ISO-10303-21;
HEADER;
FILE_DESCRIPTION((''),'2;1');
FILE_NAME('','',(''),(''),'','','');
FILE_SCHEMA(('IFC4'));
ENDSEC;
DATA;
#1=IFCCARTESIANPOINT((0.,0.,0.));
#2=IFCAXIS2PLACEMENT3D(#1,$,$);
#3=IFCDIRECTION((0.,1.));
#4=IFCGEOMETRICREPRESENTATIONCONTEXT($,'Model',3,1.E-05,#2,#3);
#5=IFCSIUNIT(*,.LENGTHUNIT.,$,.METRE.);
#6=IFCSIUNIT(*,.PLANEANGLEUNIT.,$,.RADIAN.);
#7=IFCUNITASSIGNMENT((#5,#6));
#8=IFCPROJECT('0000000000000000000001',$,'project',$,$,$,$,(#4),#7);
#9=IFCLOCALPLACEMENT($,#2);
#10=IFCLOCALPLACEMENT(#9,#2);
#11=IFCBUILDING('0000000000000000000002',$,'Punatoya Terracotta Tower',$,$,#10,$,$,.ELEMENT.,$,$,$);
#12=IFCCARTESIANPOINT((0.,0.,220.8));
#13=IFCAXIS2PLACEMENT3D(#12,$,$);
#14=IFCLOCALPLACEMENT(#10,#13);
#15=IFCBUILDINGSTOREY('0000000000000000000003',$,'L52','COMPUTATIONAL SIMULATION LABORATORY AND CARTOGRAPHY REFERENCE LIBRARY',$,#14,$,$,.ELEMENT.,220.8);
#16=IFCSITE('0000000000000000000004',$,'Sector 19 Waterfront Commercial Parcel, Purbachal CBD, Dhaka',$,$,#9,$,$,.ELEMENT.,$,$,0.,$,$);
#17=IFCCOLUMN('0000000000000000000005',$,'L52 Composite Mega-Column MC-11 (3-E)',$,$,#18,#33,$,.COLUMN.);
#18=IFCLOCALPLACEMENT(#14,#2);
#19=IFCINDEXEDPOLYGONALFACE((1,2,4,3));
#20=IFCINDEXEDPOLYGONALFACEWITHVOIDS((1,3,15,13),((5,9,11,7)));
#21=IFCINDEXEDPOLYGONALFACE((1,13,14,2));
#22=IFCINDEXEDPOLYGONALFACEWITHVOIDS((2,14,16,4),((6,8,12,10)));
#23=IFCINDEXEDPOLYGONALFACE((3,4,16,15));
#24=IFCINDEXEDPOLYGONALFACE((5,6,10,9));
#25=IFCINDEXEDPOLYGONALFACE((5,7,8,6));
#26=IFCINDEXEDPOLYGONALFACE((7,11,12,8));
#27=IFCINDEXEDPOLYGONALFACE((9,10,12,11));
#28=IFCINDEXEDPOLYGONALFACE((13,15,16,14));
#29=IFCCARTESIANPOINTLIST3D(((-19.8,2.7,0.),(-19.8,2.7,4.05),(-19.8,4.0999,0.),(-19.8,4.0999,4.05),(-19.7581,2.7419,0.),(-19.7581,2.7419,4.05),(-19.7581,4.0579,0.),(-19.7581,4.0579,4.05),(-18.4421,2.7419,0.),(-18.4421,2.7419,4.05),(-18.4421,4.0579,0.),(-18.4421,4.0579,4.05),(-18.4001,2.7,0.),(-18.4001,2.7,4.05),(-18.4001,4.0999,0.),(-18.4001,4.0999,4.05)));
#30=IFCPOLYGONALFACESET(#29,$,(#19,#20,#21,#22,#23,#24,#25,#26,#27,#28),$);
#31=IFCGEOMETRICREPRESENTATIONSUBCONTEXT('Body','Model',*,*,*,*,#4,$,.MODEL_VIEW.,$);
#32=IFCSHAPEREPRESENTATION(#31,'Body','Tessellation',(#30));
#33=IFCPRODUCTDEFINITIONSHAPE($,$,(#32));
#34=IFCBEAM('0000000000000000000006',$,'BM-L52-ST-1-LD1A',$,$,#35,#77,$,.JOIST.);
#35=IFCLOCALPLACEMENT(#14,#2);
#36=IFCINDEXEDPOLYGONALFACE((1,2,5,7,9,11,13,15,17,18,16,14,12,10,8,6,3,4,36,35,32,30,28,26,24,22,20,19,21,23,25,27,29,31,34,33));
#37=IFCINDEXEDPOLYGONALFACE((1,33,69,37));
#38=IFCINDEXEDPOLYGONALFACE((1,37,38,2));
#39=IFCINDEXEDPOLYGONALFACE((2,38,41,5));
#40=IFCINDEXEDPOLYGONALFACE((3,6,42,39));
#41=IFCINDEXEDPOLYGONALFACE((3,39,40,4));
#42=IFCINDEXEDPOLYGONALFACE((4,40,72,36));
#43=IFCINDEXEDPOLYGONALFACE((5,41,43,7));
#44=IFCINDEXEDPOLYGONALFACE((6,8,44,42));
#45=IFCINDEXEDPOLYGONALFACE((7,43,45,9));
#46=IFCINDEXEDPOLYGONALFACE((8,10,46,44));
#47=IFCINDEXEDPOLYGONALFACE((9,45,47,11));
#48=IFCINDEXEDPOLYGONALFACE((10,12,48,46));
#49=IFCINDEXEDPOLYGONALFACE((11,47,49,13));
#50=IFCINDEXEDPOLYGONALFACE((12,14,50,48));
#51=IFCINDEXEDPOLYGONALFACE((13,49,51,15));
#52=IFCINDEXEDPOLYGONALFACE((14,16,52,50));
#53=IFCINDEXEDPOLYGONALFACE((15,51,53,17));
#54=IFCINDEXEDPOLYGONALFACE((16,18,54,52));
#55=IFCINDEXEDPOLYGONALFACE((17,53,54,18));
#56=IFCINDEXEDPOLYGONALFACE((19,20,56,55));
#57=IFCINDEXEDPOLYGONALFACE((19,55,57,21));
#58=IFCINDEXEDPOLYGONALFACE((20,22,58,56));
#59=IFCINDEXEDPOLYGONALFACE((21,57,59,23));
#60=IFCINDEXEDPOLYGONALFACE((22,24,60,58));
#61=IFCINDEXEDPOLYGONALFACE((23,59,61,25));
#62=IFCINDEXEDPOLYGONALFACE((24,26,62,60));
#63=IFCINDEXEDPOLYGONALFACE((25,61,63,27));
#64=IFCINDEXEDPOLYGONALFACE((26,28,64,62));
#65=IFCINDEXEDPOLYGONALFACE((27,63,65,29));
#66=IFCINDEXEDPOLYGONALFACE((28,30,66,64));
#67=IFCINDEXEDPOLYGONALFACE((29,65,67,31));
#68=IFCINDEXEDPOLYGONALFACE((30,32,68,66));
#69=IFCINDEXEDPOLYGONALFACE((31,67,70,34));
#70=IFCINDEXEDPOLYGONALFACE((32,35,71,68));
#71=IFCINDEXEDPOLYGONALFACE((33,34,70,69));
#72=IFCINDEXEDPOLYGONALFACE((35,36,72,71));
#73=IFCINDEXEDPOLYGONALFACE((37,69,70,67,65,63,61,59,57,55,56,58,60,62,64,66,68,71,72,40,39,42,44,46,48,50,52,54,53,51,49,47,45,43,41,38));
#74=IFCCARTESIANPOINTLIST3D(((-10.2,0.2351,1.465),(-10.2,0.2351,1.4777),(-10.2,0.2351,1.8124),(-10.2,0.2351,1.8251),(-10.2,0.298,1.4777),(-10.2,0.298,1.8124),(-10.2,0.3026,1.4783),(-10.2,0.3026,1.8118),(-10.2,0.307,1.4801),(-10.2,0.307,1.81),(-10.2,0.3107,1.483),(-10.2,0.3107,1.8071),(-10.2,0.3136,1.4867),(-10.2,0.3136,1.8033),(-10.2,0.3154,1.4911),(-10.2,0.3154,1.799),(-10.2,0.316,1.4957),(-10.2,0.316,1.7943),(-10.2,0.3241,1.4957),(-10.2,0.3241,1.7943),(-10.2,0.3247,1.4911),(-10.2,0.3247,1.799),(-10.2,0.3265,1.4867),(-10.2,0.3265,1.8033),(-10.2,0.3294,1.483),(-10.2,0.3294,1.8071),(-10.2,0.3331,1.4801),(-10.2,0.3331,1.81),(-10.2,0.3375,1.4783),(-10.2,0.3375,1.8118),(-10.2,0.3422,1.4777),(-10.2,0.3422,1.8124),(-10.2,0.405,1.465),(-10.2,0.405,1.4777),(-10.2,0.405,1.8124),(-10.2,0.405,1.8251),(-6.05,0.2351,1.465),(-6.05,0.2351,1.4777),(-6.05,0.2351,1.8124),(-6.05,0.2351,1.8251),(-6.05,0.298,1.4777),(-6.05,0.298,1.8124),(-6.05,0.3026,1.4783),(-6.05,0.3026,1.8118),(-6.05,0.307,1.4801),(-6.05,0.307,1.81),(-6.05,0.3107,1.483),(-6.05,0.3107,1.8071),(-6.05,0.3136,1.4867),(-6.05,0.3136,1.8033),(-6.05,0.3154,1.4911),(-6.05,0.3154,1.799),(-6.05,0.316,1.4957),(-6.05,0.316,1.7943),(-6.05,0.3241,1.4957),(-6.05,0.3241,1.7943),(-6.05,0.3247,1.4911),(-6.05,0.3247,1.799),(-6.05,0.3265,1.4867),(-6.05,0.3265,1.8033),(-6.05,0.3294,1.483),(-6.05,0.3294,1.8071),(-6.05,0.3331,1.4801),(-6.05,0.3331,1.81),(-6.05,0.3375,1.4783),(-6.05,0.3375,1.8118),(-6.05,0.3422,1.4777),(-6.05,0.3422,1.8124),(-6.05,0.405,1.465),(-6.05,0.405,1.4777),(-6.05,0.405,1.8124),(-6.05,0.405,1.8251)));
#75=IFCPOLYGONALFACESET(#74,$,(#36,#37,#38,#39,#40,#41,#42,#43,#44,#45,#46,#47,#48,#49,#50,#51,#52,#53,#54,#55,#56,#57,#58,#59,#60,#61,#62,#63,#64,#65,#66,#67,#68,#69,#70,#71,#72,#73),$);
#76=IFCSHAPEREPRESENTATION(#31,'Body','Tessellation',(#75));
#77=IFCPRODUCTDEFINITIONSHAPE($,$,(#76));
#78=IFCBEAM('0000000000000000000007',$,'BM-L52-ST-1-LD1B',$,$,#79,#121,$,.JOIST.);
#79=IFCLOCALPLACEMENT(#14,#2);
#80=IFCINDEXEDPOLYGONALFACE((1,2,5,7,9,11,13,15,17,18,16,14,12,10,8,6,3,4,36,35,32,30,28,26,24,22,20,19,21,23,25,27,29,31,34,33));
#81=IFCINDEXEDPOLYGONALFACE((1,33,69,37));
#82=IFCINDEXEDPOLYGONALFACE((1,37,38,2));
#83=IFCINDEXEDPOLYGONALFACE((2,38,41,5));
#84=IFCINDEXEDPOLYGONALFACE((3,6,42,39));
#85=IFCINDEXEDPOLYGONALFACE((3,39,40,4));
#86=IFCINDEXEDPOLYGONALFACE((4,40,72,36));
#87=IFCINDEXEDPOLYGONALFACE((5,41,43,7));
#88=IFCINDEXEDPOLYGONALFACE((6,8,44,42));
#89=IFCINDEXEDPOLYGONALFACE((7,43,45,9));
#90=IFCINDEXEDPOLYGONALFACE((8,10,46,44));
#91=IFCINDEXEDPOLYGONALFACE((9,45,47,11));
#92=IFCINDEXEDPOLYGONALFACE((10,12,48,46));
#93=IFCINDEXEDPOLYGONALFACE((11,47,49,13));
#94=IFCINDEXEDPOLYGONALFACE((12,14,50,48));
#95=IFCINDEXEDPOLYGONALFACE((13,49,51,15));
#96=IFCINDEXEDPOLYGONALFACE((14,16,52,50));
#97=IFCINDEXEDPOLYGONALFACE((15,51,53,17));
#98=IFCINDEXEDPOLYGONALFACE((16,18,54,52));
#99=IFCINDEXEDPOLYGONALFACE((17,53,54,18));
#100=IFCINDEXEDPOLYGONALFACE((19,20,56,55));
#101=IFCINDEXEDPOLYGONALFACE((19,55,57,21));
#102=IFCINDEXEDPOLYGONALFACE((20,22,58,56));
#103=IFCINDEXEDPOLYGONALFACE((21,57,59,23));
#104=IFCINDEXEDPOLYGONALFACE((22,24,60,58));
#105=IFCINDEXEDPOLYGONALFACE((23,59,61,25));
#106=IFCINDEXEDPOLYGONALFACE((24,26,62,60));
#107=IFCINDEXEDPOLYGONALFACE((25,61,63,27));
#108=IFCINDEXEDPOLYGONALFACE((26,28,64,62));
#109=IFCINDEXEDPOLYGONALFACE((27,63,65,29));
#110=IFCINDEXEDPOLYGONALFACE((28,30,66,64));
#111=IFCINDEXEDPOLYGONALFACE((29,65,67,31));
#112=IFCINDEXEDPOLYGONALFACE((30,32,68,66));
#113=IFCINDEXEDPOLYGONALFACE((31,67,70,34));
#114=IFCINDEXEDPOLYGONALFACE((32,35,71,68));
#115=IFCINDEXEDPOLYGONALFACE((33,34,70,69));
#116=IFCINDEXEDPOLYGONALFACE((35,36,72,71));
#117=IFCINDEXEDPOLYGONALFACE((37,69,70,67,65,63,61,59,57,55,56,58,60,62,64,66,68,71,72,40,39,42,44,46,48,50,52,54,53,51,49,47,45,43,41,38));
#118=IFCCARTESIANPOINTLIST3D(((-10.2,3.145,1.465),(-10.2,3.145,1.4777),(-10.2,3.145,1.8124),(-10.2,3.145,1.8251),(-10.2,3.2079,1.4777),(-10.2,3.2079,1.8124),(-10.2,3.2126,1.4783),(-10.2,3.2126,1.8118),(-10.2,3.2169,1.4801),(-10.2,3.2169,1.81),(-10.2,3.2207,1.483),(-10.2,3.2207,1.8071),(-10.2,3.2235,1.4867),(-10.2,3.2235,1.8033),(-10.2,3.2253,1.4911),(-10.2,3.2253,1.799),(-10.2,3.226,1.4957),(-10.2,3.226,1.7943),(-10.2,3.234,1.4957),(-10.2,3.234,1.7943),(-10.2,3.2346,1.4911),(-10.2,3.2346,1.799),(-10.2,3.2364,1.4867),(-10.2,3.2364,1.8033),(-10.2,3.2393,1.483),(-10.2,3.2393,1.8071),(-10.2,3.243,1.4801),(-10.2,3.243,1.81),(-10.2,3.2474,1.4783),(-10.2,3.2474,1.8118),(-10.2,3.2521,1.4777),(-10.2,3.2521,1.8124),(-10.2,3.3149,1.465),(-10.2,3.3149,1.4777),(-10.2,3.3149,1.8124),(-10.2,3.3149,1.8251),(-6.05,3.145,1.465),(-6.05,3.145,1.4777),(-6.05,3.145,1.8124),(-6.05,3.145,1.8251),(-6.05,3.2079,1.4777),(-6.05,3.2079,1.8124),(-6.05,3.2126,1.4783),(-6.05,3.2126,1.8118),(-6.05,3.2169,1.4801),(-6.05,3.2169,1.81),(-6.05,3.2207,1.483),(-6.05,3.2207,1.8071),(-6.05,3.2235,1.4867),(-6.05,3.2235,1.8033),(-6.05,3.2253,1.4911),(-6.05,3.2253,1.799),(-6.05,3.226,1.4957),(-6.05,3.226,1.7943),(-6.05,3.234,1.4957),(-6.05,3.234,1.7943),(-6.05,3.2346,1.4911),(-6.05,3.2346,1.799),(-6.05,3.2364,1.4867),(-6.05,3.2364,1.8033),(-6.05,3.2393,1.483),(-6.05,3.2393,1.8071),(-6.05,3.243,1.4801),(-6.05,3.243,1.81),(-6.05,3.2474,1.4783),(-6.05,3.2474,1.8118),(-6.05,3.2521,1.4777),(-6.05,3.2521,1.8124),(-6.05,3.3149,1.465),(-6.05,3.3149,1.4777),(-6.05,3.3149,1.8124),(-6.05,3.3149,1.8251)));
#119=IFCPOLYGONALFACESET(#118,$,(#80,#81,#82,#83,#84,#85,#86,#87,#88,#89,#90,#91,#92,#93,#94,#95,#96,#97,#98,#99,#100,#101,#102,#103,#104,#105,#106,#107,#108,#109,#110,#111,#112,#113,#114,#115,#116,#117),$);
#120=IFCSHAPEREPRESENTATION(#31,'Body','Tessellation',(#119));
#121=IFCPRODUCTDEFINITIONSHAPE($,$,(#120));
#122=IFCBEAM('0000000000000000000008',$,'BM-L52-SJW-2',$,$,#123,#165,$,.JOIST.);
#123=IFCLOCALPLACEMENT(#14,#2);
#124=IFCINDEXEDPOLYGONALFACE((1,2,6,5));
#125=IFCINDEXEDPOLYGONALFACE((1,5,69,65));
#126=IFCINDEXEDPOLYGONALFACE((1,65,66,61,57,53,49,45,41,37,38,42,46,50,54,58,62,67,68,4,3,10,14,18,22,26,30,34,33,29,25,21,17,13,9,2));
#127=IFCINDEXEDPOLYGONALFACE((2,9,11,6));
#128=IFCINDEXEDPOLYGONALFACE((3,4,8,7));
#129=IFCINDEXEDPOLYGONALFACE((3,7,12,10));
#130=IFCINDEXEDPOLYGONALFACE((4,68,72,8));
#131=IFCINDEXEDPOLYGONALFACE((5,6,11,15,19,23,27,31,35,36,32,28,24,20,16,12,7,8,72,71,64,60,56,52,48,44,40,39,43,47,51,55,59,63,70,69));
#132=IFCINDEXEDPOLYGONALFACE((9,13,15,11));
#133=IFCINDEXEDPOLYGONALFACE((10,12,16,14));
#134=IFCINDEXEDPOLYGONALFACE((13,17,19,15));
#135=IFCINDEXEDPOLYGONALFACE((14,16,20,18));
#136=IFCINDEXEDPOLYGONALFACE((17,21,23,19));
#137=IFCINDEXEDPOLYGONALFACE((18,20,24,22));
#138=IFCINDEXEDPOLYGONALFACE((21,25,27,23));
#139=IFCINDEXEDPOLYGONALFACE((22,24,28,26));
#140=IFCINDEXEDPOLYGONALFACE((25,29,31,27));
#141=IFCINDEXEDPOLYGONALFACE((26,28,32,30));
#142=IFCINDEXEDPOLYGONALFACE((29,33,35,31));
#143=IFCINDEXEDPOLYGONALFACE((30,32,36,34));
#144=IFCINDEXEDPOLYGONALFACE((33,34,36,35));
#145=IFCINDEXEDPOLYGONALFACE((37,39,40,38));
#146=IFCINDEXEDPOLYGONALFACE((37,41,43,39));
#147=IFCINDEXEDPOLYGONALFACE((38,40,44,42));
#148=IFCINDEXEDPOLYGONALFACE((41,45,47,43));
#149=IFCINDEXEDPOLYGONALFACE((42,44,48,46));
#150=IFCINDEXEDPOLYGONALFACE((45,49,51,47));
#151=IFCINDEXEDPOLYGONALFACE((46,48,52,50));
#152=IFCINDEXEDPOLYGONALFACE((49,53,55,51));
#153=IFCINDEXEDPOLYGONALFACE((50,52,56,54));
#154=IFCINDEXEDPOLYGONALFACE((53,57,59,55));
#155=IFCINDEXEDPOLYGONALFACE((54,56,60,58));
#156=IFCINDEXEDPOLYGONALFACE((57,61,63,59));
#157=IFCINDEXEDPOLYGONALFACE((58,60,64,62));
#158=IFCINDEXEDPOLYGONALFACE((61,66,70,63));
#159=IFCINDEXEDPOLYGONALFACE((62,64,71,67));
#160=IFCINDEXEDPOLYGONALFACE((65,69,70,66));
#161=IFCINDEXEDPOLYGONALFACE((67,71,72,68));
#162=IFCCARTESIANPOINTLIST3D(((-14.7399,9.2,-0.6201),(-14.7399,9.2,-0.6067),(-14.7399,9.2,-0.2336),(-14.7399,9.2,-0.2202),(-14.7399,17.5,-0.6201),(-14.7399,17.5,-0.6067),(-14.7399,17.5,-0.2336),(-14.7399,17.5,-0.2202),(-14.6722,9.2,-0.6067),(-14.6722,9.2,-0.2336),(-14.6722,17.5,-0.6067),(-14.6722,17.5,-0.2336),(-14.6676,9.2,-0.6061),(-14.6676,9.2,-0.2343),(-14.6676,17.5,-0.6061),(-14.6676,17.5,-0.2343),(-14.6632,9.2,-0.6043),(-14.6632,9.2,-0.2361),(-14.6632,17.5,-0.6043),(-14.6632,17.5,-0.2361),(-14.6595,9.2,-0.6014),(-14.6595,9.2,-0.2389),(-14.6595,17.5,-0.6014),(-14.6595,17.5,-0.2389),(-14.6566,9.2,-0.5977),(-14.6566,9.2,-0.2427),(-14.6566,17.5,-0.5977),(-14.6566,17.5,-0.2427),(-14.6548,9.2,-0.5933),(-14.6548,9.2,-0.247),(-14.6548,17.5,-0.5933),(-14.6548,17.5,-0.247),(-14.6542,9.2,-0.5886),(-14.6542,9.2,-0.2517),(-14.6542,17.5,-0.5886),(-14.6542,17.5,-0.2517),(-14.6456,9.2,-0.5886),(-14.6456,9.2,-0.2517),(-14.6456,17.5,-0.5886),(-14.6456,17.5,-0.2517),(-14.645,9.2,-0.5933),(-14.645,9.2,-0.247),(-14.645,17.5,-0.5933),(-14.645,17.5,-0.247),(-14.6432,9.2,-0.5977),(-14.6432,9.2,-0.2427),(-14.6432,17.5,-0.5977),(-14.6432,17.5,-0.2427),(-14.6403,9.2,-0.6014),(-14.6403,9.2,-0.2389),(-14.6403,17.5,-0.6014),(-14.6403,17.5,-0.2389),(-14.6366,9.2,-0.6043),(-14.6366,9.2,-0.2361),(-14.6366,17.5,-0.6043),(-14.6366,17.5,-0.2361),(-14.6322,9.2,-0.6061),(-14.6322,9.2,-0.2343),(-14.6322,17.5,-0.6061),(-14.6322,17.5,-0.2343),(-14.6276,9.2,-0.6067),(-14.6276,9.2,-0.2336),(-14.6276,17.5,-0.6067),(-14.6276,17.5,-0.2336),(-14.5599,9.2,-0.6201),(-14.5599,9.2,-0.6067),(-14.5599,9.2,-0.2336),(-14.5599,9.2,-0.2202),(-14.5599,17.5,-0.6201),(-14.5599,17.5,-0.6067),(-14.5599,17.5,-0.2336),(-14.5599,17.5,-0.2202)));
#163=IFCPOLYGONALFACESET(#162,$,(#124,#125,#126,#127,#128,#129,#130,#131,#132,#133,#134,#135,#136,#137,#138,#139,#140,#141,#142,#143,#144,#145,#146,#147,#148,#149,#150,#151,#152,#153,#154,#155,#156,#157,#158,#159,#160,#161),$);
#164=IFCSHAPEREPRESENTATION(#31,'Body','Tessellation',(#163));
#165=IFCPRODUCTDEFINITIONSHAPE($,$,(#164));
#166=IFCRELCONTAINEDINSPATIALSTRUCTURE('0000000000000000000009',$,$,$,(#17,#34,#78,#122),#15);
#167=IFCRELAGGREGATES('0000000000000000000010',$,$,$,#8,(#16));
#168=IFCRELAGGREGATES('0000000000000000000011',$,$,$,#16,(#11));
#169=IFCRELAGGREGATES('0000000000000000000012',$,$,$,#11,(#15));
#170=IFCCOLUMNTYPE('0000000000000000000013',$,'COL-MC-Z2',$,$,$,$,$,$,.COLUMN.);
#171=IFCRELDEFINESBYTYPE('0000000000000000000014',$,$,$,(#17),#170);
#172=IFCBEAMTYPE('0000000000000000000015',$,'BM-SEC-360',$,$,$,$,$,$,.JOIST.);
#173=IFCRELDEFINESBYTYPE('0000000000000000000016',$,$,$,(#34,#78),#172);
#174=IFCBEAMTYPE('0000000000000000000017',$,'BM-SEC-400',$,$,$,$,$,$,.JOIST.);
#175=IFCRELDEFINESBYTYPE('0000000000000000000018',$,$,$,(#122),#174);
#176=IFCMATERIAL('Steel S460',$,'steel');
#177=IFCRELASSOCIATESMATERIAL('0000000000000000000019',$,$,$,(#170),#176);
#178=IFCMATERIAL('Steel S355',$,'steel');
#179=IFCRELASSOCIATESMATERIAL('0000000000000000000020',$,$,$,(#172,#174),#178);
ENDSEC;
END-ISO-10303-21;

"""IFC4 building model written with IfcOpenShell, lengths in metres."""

from ifc_helpers import new_model, si_unit, direction, frame, origin, origin_2d, place, context, subcontext, project, spatial, hollow_rectangle, i_section, extrude, material, material_profile, profile_set, type_object, element, save


model = new_model("IFC4")

# Units and contexts
model_context = context("Model", 3, precision=1e-05, world=origin(), true_north=direction((0.0, 1.0)))
body_context = subcontext(model_context, "Body", "Model", "MODEL_VIEW")
ifc_project = project(units=[si_unit("LENGTHUNIT", "METRE"), si_unit("PLANEANGLEUNIT", "RADIAN")], contexts=[model_context])

# Site, building, storey
site_placement = place(None, origin())
site = spatial("IfcSite", under=ifc_project, at=site_placement, Name="Sector 19 Waterfront Commercial Parcel, Purbachal CBD, Dhaka", CompositionType="ELEMENT", RefElevation=0.0)
building_placement = place(site_placement, origin())
building = spatial("IfcBuilding", under=site, at=building_placement, Name="Punatoya Terracotta Tower", CompositionType="ELEMENT")
storey_placement = place(building_placement, frame((0.0, 0.0, 220.8)))
storey = spatial("IfcBuildingStorey", under=building, at=storey_placement, Name="L52", Description="COMPUTATIONAL SIMULATION LABORATORY AND CARTOGRAPHY REFERENCE LIBRARY", CompositionType="ELEMENT", Elevation=220.8)

# Column
ifc_material_1 = material(Name="Steel S460", Category="steel")
ifc_material_profile_1 = material_profile(ifc_material_1, hollow_rectangle(XDim=1.3999, YDim=1.3999, WallThickness=0.042, at=origin_2d()))
ifc_profile_set_1 = profile_set([ifc_material_profile_1], Name="Steel S460")
column_type = type_object("IfcColumnType", Name="COL-MC-Z2", PredefinedType="COLUMN", material=ifc_profile_set_1)
column_placement = place(storey_placement, frame((-19.1001, 3.3999, 0.0), z_axis=(0.0, 0.0, 1.0), x_axis=(1.0, 0.0, 0.0)))
element("IfcColumn", 1, at=column_placement, inside=storey, type_object=column_type, Name="L52 Composite Mega-Column MC-11 (3-E)", PredefinedType="COLUMN", context=body_context, shape_type="SweptSolid", body=[
    extrude(hollow_rectangle(XDim=1.3999, YDim=1.3999, WallThickness=0.042, at=origin_2d()), origin(), (0.0, 0.0, 1.0), 4.05),
])

# Beams
ifc_material_2 = material(Name="Steel S355", Category="steel")
ifc_material_profile_2 = material_profile(ifc_material_2, i_section(OverallWidth=0.1699, OverallDepth=0.3601, WebThickness=0.0081, FlangeThickness=0.0127, FilletRadius=0.0181, at=origin_2d()))
ifc_profile_set_2 = profile_set([ifc_material_profile_2], Name="Steel S355")
beam_type_1 = type_object("IfcBeamType", Name="BM-SEC-360", PredefinedType="JOIST", material=ifc_profile_set_2)
for number, where, z_axis, x_axis, name in (
    (2, (-10.2, 0.3201, 1.645), (1.0, 0.0, 0.0), (0.0, 1.0, 0.0), "BM-L52-ST-1-LD1A"),
    (3, (-10.2, 3.23, 1.645), (1.0, 0.0, 0.0), (0.0, 1.0, 0.0), "BM-L52-ST-1-LD1B"),
):
    element("IfcBeam", number, at=place(storey_placement, frame(where, z_axis=z_axis, x_axis=x_axis)), inside=storey, type_object=beam_type_1, Name=name, PredefinedType="JOIST", context=body_context, shape_type="SweptSolid", body=[
        extrude(i_section(OverallWidth=0.1699, OverallDepth=0.3601, WebThickness=0.0081, FlangeThickness=0.0127, FilletRadius=0.0181, at=origin_2d()), origin(), (0.0, 0.0, 1.0), 4.1499),
    ])
ifc_material_profile_3 = material_profile(ifc_material_2, i_section(OverallWidth=0.1799, OverallDepth=0.3999, WebThickness=0.0085, FlangeThickness=0.0134, FilletRadius=0.0181, at=origin_2d()))
ifc_profile_set_3 = profile_set([ifc_material_profile_3], Name="Steel S355")
beam_type_2 = type_object("IfcBeamType", Name="BM-SEC-400", PredefinedType="JOIST", material=ifc_profile_set_3)
beam_1_placement = place(storey_placement, frame((-14.6499, 9.2, -0.4202), z_axis=(0.0, 1.0, 0.0), x_axis=(-1.0, 0.0, 0.0)))
element("IfcBeam", 4, at=beam_1_placement, inside=storey, type_object=beam_type_2, Name="BM-L52-SJW-2", PredefinedType="JOIST", context=body_context, shape_type="SweptSolid", body=[
    extrude(i_section(OverallWidth=0.1799, OverallDepth=0.3999, WebThickness=0.0085, FlangeThickness=0.0134, FilletRadius=0.0181, at=origin_2d()), origin(), (0.0, 0.0, 1.0), 8.3),
])

save(model, "model.ifc")
